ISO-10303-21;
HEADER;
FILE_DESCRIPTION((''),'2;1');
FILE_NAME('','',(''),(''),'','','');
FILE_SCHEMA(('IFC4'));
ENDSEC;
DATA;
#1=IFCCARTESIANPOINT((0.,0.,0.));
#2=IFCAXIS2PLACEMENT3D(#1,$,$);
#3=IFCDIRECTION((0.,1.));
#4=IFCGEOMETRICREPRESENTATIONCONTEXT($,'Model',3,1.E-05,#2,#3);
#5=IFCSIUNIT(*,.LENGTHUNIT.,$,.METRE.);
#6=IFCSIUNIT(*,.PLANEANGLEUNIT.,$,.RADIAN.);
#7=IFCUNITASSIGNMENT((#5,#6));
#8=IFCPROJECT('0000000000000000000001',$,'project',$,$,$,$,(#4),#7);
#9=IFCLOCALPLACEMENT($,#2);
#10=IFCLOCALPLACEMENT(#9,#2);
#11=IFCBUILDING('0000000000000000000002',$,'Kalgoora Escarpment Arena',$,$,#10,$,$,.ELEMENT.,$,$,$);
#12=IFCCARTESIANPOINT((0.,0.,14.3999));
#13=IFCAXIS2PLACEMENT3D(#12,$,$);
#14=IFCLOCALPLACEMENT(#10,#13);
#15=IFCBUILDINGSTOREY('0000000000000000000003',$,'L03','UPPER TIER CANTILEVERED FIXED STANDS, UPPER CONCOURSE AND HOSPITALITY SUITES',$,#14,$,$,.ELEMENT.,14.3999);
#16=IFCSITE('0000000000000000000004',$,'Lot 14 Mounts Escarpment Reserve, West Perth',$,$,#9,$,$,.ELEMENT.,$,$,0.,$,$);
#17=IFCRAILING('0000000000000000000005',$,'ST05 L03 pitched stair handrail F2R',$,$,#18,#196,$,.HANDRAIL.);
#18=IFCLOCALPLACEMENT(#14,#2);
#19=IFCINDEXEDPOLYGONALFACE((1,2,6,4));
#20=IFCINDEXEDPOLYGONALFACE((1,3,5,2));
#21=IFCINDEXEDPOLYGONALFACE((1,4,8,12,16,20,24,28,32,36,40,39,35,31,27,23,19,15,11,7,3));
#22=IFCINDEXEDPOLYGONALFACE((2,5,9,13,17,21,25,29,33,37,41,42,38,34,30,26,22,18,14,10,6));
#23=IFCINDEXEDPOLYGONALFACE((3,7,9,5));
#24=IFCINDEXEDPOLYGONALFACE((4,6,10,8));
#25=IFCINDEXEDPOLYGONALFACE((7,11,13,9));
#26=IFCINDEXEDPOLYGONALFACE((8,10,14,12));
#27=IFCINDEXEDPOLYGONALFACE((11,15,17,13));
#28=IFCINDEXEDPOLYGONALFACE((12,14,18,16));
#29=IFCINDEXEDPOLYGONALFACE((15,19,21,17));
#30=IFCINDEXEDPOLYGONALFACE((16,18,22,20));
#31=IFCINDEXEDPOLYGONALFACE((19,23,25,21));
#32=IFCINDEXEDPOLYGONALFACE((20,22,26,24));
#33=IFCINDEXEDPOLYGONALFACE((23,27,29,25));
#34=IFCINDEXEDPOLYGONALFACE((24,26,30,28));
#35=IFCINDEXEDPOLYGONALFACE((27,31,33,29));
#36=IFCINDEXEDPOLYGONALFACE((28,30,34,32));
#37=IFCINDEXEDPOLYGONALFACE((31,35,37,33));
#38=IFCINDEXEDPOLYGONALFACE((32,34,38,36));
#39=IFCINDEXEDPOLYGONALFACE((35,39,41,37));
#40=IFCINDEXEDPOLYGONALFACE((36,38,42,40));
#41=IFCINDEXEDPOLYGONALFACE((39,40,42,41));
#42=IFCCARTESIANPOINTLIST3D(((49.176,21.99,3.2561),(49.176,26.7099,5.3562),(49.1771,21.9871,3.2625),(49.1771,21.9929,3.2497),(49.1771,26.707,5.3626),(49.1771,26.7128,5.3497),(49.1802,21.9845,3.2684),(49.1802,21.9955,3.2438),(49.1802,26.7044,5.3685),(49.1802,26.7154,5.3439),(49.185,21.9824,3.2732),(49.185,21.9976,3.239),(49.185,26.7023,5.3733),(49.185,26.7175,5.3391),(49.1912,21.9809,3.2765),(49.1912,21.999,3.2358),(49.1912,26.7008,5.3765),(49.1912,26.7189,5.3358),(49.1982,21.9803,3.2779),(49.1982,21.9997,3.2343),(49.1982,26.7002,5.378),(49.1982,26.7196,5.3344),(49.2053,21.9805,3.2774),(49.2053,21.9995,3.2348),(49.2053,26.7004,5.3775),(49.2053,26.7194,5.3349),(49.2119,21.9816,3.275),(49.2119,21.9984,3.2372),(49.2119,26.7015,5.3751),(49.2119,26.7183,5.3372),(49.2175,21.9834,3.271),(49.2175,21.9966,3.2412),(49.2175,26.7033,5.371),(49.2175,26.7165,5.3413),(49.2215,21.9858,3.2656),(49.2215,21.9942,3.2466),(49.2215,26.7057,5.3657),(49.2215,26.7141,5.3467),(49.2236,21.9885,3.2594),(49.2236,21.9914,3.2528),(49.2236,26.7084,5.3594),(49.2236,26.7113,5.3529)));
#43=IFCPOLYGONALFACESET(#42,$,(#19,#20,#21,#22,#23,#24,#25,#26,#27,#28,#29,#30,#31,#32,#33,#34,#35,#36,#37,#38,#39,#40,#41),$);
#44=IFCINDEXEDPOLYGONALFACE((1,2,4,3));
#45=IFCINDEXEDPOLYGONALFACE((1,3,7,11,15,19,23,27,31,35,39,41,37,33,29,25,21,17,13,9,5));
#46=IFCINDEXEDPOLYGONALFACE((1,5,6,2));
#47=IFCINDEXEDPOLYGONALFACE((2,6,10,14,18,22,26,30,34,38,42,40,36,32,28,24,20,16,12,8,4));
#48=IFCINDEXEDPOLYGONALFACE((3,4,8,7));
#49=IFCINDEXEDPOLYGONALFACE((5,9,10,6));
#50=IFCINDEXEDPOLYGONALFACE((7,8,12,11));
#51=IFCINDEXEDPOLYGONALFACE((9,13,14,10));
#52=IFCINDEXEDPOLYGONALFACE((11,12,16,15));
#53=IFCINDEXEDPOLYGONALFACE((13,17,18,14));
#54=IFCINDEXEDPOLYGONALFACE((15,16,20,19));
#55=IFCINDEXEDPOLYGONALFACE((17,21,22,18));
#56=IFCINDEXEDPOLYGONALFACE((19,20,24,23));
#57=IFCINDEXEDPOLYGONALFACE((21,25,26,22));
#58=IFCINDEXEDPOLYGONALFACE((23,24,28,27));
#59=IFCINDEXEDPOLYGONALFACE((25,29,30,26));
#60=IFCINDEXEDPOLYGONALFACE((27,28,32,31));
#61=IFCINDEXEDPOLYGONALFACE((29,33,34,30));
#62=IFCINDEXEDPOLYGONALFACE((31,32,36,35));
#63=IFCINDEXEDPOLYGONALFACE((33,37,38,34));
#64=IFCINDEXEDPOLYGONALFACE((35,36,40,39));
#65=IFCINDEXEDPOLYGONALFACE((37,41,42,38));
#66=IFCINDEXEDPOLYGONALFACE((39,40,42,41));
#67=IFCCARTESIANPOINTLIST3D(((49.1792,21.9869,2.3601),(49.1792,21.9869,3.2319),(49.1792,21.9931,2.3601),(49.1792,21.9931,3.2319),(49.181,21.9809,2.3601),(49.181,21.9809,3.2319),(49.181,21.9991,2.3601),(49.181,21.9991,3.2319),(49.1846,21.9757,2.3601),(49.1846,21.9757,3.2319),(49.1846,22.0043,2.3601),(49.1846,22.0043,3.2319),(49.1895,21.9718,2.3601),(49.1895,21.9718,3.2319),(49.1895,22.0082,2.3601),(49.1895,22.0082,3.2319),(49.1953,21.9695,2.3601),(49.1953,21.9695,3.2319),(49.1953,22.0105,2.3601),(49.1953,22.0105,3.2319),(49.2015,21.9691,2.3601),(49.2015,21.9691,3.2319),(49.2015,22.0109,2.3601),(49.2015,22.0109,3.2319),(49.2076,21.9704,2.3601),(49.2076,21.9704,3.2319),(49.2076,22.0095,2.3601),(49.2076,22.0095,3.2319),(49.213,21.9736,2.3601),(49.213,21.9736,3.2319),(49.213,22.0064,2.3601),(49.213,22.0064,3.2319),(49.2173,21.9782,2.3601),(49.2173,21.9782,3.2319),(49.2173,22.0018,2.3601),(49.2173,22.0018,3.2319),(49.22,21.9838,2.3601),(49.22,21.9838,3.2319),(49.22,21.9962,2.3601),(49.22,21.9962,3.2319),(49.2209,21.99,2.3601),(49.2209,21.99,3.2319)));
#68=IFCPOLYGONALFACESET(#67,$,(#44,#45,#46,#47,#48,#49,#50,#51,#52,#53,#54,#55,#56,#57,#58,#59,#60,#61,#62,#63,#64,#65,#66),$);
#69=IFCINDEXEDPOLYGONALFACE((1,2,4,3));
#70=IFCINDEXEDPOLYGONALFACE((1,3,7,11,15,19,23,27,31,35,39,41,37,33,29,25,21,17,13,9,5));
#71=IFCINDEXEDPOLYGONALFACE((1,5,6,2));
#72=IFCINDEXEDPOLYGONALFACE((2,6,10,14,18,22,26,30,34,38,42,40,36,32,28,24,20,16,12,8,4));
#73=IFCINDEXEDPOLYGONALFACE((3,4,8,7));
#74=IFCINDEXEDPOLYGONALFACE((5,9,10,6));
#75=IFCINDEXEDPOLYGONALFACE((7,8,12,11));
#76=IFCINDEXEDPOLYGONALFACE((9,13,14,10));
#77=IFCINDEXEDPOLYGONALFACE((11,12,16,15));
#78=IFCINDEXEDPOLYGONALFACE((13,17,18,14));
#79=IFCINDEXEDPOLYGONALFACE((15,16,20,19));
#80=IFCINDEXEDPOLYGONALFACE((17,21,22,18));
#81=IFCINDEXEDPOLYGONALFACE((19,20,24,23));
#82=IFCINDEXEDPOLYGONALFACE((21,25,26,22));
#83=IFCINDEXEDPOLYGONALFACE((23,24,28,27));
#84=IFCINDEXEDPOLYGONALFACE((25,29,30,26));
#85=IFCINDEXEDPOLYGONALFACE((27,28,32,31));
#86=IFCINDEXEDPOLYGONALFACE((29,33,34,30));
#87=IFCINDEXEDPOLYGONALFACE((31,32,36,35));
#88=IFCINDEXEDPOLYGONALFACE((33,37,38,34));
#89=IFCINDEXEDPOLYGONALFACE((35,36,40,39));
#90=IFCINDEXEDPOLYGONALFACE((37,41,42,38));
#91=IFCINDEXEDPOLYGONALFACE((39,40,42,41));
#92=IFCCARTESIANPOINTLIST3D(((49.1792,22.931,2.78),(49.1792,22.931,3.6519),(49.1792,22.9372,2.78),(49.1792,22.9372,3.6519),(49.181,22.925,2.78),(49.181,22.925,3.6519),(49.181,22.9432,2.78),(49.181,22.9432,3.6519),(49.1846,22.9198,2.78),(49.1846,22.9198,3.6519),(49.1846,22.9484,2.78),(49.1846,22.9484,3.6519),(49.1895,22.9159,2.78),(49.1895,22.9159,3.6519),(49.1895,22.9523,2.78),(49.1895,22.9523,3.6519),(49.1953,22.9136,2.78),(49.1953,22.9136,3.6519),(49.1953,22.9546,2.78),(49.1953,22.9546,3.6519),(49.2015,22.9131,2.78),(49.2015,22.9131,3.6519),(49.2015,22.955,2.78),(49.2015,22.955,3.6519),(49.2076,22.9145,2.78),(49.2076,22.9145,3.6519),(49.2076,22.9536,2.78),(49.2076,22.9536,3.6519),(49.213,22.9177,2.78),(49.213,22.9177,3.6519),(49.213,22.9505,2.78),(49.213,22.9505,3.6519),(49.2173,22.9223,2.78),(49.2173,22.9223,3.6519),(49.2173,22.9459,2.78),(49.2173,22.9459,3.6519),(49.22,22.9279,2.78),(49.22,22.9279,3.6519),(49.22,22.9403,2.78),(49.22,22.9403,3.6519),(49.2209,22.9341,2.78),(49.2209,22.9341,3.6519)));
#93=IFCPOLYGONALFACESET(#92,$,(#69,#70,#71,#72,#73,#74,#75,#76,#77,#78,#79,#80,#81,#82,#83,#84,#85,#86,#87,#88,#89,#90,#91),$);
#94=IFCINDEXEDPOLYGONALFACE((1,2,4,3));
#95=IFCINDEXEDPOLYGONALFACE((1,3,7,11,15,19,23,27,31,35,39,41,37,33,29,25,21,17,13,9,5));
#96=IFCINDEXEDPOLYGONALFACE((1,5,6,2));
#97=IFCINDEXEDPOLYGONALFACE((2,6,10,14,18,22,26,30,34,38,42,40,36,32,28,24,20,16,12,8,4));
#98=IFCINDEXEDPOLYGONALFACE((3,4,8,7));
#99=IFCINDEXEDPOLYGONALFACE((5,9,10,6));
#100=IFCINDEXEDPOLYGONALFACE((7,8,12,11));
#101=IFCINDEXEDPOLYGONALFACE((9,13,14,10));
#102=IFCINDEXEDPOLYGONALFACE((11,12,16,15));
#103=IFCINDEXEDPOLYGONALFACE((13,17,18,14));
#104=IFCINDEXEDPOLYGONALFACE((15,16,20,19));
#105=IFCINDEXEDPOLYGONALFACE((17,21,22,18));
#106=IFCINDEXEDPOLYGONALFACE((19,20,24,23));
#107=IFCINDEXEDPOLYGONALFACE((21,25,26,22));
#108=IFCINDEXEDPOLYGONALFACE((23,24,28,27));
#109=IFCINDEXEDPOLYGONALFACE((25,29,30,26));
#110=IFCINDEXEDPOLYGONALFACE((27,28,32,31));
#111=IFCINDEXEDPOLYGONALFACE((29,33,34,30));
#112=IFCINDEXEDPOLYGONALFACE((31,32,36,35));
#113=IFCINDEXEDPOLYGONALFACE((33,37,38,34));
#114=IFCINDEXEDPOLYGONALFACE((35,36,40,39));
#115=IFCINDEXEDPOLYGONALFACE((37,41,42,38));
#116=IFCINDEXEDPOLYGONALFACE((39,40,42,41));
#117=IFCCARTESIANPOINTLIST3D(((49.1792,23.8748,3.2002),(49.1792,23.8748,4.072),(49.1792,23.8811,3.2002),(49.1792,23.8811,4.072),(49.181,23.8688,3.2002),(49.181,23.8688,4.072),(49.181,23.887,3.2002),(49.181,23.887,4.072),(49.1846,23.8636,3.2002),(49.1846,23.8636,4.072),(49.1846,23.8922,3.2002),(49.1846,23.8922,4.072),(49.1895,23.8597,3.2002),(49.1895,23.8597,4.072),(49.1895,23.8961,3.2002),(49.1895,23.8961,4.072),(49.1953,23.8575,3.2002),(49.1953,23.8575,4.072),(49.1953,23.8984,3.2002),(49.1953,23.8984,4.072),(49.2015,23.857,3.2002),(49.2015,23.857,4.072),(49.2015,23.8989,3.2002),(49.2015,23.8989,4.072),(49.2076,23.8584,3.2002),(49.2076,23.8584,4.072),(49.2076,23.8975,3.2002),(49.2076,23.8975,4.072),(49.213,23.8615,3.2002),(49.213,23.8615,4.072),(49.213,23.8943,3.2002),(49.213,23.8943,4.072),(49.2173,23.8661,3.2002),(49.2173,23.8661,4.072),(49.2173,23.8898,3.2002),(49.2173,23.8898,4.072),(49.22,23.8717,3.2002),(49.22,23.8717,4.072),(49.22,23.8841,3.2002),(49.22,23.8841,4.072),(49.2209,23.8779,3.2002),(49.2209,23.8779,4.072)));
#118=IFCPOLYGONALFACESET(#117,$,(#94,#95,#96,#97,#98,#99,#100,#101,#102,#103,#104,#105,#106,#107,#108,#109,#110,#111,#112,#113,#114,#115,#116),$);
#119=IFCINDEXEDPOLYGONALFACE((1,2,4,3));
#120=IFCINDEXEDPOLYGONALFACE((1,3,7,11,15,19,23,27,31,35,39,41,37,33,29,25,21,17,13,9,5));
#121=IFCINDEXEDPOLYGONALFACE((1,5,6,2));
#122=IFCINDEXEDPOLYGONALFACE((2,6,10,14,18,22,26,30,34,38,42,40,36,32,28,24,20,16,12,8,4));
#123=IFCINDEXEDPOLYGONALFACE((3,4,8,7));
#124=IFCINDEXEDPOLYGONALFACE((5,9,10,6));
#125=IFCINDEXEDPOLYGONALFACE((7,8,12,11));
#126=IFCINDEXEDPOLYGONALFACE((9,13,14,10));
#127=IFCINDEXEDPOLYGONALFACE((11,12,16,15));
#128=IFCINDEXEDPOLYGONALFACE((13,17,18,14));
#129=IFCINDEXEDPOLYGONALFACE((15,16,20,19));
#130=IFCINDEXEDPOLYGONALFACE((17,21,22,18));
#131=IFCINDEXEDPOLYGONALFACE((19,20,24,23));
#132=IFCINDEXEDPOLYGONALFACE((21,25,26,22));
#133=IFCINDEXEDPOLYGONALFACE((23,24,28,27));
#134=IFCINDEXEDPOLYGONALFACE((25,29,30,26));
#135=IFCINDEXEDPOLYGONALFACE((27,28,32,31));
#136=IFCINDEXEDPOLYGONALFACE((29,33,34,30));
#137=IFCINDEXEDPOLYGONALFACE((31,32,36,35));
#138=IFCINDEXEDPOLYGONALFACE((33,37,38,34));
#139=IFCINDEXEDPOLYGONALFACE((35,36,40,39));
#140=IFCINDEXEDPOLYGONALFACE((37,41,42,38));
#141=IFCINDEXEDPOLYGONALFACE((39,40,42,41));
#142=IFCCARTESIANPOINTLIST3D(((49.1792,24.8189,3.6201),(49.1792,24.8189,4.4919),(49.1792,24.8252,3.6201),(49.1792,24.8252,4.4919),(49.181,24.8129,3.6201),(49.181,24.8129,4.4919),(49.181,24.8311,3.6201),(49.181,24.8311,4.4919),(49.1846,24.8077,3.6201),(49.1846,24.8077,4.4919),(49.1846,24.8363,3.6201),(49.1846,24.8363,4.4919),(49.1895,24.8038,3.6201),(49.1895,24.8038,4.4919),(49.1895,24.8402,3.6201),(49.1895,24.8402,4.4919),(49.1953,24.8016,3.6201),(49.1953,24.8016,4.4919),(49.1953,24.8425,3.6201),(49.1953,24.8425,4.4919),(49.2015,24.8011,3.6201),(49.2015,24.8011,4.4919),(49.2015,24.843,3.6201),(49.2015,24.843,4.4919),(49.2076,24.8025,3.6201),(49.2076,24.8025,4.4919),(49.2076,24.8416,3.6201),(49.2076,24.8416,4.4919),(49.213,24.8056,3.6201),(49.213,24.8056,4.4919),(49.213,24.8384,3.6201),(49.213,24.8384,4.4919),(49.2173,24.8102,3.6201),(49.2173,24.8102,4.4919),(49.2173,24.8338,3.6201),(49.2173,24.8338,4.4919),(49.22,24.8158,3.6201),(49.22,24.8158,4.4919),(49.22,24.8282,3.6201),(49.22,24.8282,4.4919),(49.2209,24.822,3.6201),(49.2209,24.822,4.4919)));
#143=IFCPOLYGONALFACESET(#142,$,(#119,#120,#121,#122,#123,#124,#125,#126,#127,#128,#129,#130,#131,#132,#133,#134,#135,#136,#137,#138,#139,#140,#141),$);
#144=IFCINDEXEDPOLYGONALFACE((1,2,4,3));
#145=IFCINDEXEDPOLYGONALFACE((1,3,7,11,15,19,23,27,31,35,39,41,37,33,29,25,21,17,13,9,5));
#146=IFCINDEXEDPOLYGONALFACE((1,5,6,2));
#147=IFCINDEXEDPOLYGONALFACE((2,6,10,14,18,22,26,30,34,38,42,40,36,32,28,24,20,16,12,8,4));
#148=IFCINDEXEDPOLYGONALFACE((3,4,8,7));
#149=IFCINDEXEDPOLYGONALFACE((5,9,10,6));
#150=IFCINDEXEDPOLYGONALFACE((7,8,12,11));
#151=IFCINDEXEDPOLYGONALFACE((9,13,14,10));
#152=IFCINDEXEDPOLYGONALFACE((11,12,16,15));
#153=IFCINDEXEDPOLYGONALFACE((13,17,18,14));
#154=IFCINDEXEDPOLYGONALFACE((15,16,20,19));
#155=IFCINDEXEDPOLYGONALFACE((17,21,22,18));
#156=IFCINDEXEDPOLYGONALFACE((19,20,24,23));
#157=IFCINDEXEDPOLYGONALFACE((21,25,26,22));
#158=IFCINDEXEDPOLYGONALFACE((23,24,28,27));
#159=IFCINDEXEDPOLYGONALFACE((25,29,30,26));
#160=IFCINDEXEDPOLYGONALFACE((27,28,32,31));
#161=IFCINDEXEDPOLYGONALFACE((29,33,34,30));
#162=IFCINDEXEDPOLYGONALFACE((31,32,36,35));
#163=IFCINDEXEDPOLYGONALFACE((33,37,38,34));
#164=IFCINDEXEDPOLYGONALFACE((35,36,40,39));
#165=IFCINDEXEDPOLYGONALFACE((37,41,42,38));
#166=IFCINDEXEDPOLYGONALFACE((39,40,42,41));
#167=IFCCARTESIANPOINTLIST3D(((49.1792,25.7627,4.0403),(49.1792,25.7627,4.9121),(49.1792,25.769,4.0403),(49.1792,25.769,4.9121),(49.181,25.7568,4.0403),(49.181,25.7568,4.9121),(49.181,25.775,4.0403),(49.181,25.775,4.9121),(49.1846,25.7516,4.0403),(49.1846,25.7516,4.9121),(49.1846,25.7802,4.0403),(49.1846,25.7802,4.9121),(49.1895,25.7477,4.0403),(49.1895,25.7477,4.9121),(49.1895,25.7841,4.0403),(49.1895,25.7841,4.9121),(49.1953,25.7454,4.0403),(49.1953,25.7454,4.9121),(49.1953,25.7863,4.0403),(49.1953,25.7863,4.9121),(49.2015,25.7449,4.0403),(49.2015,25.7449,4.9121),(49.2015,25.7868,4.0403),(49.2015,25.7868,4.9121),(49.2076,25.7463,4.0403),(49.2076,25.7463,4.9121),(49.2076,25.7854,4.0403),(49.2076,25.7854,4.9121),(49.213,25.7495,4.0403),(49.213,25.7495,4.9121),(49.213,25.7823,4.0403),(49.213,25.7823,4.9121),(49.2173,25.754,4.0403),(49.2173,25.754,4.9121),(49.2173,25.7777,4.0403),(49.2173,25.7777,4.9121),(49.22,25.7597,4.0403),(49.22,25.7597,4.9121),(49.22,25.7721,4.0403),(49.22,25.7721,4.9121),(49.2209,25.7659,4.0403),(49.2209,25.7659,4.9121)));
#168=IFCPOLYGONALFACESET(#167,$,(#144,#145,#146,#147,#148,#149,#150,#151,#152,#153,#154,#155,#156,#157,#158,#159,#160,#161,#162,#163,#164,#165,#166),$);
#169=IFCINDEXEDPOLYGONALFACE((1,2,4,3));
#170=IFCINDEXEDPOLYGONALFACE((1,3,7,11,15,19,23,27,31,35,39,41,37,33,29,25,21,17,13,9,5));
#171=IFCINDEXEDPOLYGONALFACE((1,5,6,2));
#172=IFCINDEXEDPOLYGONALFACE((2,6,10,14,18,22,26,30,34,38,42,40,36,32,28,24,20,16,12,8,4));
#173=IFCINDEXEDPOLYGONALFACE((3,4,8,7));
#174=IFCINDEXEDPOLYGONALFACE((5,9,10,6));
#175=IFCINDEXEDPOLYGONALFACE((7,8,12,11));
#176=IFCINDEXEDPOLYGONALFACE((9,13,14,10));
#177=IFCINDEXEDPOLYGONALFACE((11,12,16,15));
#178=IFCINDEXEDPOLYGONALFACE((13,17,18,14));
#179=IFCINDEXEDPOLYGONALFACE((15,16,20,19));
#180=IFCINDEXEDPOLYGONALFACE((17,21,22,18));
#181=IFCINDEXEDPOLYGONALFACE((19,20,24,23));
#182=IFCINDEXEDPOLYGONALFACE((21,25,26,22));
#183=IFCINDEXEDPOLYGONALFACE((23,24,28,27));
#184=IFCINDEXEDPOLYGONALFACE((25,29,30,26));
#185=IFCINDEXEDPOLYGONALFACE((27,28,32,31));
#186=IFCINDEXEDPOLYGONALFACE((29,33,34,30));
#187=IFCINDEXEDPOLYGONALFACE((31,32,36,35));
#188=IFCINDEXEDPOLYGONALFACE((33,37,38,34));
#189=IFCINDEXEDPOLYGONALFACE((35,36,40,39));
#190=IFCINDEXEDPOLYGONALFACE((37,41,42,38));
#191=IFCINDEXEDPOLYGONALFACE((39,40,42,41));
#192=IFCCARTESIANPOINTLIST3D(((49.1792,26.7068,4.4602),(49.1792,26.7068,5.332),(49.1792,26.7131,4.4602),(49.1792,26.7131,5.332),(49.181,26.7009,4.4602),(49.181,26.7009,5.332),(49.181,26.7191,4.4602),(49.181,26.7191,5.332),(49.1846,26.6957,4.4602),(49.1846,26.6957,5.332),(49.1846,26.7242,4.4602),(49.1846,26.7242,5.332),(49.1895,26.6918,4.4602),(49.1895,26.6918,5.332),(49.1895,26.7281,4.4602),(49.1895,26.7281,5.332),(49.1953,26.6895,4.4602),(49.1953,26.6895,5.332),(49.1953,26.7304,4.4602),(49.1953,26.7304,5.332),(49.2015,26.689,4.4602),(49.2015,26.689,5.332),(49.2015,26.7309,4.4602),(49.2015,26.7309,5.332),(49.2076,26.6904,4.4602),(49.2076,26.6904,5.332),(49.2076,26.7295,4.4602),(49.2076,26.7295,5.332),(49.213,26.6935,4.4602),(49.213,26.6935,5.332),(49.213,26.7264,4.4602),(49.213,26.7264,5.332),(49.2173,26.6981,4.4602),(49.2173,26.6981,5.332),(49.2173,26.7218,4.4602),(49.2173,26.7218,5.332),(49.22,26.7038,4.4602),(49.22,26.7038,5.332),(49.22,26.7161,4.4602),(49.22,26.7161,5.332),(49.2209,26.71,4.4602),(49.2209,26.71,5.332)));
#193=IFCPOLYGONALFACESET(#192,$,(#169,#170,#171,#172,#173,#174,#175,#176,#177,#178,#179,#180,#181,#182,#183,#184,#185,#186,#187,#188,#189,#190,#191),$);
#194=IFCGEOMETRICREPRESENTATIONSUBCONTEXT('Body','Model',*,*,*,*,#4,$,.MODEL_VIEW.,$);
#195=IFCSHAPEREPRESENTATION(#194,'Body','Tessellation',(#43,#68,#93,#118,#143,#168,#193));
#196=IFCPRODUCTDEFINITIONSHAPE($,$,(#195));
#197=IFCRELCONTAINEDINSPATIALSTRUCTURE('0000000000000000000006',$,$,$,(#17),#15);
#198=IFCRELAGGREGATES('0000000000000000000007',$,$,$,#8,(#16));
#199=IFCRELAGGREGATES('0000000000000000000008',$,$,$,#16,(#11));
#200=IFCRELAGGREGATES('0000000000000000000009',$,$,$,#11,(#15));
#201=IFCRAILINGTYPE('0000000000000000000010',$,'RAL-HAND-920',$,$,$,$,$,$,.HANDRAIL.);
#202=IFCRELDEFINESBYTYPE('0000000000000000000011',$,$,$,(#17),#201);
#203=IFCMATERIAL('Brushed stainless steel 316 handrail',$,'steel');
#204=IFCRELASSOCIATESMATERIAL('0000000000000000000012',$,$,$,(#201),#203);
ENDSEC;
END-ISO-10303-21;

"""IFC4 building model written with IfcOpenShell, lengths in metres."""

from ifc_helpers import new_model, si_unit, direction, frame, origin, origin_2d, place, context, subcontext, project, spatial, circle, extrude, material, type_object, element, save


model = new_model("IFC4")

# Units and contexts
model_context = context("Model", 3, precision=1e-05, world=origin(), true_north=direction((0.0, 1.0)))
body_context = subcontext(model_context, "Body", "Model", "MODEL_VIEW")
ifc_project = project(units=[si_unit("LENGTHUNIT", "METRE"), si_unit("PLANEANGLEUNIT", "RADIAN")], contexts=[model_context])

# Site, building, storey
site_placement = place(None, origin())
site = spatial("IfcSite", under=ifc_project, at=site_placement, Name="Lot 14 Mounts Escarpment Reserve, West Perth", CompositionType="ELEMENT", RefElevation=0.0)
building_placement = place(site_placement, origin())
building = spatial("IfcBuilding", under=site, at=building_placement, Name="Kalgoora Escarpment Arena", CompositionType="ELEMENT")
storey_placement = place(building_placement, frame((0.0, 0.0, 14.3999)))
storey = spatial("IfcBuildingStorey", under=building, at=storey_placement, Name="L03", Description="UPPER TIER CANTILEVERED FIXED STANDS, UPPER CONCOURSE AND HOSPITALITY SUITES", CompositionType="ELEMENT", Elevation=14.3999)

# Railing
ifc_material_1 = material(Name="Brushed stainless steel 316 handrail", Category="steel")
railing_type_1 = type_object("IfcRailingType", Name="RAL-HAND-920", PredefinedType="HANDRAIL", material=ifc_material_1)
for number, where, name in (
    (1, (49.2, 21.99, 2.3601), "ST05 L03 pitched stair handrail F2R"),
):
    element("IfcRailing", number, at=place(storey_placement, frame(where)), inside=storey, type_object=railing_type_1, Name=name, PredefinedType="HANDRAIL", context=body_context, shape_type="SweptSolid", body=[
        extrude(circle(Radius=0.0239, at=origin_2d()), frame((0.0, 0.0, 0.896), z_axis=(0.0, 0.913644, 0.406516), x_axis=(-1.0, 0.0, 0.0)), (0.0, 0.0, 1.0), 5.166),
        extrude(circle(Radius=0.021, at=origin_2d()), origin(), (0.0, 0.0, 1.0), 0.8718),
        extrude(circle(Radius=0.021, at=origin_2d()), frame((0.0, 0.9441, 0.4199)), (0.0, 0.0, 1.0), 0.8718),
        extrude(circle(Radius=0.021, at=origin_2d()), frame((0.0, 1.8879, 0.8401)), (0.0, 0.0, 1.0), 0.8718),
        extrude(circle(Radius=0.021, at=origin_2d()), frame((0.0, 2.832, 1.26)), (0.0, 0.0, 1.0), 0.8718),
        extrude(circle(Radius=0.021, at=origin_2d()), frame((0.0, 3.7759, 1.6802)), (0.0, 0.0, 1.0), 0.8718),
        extrude(circle(Radius=0.021, at=origin_2d()), frame((0.0, 4.72, 2.1001)), (0.0, 0.0, 1.0), 0.8718),
    ])

save(model, "model.ifc")
